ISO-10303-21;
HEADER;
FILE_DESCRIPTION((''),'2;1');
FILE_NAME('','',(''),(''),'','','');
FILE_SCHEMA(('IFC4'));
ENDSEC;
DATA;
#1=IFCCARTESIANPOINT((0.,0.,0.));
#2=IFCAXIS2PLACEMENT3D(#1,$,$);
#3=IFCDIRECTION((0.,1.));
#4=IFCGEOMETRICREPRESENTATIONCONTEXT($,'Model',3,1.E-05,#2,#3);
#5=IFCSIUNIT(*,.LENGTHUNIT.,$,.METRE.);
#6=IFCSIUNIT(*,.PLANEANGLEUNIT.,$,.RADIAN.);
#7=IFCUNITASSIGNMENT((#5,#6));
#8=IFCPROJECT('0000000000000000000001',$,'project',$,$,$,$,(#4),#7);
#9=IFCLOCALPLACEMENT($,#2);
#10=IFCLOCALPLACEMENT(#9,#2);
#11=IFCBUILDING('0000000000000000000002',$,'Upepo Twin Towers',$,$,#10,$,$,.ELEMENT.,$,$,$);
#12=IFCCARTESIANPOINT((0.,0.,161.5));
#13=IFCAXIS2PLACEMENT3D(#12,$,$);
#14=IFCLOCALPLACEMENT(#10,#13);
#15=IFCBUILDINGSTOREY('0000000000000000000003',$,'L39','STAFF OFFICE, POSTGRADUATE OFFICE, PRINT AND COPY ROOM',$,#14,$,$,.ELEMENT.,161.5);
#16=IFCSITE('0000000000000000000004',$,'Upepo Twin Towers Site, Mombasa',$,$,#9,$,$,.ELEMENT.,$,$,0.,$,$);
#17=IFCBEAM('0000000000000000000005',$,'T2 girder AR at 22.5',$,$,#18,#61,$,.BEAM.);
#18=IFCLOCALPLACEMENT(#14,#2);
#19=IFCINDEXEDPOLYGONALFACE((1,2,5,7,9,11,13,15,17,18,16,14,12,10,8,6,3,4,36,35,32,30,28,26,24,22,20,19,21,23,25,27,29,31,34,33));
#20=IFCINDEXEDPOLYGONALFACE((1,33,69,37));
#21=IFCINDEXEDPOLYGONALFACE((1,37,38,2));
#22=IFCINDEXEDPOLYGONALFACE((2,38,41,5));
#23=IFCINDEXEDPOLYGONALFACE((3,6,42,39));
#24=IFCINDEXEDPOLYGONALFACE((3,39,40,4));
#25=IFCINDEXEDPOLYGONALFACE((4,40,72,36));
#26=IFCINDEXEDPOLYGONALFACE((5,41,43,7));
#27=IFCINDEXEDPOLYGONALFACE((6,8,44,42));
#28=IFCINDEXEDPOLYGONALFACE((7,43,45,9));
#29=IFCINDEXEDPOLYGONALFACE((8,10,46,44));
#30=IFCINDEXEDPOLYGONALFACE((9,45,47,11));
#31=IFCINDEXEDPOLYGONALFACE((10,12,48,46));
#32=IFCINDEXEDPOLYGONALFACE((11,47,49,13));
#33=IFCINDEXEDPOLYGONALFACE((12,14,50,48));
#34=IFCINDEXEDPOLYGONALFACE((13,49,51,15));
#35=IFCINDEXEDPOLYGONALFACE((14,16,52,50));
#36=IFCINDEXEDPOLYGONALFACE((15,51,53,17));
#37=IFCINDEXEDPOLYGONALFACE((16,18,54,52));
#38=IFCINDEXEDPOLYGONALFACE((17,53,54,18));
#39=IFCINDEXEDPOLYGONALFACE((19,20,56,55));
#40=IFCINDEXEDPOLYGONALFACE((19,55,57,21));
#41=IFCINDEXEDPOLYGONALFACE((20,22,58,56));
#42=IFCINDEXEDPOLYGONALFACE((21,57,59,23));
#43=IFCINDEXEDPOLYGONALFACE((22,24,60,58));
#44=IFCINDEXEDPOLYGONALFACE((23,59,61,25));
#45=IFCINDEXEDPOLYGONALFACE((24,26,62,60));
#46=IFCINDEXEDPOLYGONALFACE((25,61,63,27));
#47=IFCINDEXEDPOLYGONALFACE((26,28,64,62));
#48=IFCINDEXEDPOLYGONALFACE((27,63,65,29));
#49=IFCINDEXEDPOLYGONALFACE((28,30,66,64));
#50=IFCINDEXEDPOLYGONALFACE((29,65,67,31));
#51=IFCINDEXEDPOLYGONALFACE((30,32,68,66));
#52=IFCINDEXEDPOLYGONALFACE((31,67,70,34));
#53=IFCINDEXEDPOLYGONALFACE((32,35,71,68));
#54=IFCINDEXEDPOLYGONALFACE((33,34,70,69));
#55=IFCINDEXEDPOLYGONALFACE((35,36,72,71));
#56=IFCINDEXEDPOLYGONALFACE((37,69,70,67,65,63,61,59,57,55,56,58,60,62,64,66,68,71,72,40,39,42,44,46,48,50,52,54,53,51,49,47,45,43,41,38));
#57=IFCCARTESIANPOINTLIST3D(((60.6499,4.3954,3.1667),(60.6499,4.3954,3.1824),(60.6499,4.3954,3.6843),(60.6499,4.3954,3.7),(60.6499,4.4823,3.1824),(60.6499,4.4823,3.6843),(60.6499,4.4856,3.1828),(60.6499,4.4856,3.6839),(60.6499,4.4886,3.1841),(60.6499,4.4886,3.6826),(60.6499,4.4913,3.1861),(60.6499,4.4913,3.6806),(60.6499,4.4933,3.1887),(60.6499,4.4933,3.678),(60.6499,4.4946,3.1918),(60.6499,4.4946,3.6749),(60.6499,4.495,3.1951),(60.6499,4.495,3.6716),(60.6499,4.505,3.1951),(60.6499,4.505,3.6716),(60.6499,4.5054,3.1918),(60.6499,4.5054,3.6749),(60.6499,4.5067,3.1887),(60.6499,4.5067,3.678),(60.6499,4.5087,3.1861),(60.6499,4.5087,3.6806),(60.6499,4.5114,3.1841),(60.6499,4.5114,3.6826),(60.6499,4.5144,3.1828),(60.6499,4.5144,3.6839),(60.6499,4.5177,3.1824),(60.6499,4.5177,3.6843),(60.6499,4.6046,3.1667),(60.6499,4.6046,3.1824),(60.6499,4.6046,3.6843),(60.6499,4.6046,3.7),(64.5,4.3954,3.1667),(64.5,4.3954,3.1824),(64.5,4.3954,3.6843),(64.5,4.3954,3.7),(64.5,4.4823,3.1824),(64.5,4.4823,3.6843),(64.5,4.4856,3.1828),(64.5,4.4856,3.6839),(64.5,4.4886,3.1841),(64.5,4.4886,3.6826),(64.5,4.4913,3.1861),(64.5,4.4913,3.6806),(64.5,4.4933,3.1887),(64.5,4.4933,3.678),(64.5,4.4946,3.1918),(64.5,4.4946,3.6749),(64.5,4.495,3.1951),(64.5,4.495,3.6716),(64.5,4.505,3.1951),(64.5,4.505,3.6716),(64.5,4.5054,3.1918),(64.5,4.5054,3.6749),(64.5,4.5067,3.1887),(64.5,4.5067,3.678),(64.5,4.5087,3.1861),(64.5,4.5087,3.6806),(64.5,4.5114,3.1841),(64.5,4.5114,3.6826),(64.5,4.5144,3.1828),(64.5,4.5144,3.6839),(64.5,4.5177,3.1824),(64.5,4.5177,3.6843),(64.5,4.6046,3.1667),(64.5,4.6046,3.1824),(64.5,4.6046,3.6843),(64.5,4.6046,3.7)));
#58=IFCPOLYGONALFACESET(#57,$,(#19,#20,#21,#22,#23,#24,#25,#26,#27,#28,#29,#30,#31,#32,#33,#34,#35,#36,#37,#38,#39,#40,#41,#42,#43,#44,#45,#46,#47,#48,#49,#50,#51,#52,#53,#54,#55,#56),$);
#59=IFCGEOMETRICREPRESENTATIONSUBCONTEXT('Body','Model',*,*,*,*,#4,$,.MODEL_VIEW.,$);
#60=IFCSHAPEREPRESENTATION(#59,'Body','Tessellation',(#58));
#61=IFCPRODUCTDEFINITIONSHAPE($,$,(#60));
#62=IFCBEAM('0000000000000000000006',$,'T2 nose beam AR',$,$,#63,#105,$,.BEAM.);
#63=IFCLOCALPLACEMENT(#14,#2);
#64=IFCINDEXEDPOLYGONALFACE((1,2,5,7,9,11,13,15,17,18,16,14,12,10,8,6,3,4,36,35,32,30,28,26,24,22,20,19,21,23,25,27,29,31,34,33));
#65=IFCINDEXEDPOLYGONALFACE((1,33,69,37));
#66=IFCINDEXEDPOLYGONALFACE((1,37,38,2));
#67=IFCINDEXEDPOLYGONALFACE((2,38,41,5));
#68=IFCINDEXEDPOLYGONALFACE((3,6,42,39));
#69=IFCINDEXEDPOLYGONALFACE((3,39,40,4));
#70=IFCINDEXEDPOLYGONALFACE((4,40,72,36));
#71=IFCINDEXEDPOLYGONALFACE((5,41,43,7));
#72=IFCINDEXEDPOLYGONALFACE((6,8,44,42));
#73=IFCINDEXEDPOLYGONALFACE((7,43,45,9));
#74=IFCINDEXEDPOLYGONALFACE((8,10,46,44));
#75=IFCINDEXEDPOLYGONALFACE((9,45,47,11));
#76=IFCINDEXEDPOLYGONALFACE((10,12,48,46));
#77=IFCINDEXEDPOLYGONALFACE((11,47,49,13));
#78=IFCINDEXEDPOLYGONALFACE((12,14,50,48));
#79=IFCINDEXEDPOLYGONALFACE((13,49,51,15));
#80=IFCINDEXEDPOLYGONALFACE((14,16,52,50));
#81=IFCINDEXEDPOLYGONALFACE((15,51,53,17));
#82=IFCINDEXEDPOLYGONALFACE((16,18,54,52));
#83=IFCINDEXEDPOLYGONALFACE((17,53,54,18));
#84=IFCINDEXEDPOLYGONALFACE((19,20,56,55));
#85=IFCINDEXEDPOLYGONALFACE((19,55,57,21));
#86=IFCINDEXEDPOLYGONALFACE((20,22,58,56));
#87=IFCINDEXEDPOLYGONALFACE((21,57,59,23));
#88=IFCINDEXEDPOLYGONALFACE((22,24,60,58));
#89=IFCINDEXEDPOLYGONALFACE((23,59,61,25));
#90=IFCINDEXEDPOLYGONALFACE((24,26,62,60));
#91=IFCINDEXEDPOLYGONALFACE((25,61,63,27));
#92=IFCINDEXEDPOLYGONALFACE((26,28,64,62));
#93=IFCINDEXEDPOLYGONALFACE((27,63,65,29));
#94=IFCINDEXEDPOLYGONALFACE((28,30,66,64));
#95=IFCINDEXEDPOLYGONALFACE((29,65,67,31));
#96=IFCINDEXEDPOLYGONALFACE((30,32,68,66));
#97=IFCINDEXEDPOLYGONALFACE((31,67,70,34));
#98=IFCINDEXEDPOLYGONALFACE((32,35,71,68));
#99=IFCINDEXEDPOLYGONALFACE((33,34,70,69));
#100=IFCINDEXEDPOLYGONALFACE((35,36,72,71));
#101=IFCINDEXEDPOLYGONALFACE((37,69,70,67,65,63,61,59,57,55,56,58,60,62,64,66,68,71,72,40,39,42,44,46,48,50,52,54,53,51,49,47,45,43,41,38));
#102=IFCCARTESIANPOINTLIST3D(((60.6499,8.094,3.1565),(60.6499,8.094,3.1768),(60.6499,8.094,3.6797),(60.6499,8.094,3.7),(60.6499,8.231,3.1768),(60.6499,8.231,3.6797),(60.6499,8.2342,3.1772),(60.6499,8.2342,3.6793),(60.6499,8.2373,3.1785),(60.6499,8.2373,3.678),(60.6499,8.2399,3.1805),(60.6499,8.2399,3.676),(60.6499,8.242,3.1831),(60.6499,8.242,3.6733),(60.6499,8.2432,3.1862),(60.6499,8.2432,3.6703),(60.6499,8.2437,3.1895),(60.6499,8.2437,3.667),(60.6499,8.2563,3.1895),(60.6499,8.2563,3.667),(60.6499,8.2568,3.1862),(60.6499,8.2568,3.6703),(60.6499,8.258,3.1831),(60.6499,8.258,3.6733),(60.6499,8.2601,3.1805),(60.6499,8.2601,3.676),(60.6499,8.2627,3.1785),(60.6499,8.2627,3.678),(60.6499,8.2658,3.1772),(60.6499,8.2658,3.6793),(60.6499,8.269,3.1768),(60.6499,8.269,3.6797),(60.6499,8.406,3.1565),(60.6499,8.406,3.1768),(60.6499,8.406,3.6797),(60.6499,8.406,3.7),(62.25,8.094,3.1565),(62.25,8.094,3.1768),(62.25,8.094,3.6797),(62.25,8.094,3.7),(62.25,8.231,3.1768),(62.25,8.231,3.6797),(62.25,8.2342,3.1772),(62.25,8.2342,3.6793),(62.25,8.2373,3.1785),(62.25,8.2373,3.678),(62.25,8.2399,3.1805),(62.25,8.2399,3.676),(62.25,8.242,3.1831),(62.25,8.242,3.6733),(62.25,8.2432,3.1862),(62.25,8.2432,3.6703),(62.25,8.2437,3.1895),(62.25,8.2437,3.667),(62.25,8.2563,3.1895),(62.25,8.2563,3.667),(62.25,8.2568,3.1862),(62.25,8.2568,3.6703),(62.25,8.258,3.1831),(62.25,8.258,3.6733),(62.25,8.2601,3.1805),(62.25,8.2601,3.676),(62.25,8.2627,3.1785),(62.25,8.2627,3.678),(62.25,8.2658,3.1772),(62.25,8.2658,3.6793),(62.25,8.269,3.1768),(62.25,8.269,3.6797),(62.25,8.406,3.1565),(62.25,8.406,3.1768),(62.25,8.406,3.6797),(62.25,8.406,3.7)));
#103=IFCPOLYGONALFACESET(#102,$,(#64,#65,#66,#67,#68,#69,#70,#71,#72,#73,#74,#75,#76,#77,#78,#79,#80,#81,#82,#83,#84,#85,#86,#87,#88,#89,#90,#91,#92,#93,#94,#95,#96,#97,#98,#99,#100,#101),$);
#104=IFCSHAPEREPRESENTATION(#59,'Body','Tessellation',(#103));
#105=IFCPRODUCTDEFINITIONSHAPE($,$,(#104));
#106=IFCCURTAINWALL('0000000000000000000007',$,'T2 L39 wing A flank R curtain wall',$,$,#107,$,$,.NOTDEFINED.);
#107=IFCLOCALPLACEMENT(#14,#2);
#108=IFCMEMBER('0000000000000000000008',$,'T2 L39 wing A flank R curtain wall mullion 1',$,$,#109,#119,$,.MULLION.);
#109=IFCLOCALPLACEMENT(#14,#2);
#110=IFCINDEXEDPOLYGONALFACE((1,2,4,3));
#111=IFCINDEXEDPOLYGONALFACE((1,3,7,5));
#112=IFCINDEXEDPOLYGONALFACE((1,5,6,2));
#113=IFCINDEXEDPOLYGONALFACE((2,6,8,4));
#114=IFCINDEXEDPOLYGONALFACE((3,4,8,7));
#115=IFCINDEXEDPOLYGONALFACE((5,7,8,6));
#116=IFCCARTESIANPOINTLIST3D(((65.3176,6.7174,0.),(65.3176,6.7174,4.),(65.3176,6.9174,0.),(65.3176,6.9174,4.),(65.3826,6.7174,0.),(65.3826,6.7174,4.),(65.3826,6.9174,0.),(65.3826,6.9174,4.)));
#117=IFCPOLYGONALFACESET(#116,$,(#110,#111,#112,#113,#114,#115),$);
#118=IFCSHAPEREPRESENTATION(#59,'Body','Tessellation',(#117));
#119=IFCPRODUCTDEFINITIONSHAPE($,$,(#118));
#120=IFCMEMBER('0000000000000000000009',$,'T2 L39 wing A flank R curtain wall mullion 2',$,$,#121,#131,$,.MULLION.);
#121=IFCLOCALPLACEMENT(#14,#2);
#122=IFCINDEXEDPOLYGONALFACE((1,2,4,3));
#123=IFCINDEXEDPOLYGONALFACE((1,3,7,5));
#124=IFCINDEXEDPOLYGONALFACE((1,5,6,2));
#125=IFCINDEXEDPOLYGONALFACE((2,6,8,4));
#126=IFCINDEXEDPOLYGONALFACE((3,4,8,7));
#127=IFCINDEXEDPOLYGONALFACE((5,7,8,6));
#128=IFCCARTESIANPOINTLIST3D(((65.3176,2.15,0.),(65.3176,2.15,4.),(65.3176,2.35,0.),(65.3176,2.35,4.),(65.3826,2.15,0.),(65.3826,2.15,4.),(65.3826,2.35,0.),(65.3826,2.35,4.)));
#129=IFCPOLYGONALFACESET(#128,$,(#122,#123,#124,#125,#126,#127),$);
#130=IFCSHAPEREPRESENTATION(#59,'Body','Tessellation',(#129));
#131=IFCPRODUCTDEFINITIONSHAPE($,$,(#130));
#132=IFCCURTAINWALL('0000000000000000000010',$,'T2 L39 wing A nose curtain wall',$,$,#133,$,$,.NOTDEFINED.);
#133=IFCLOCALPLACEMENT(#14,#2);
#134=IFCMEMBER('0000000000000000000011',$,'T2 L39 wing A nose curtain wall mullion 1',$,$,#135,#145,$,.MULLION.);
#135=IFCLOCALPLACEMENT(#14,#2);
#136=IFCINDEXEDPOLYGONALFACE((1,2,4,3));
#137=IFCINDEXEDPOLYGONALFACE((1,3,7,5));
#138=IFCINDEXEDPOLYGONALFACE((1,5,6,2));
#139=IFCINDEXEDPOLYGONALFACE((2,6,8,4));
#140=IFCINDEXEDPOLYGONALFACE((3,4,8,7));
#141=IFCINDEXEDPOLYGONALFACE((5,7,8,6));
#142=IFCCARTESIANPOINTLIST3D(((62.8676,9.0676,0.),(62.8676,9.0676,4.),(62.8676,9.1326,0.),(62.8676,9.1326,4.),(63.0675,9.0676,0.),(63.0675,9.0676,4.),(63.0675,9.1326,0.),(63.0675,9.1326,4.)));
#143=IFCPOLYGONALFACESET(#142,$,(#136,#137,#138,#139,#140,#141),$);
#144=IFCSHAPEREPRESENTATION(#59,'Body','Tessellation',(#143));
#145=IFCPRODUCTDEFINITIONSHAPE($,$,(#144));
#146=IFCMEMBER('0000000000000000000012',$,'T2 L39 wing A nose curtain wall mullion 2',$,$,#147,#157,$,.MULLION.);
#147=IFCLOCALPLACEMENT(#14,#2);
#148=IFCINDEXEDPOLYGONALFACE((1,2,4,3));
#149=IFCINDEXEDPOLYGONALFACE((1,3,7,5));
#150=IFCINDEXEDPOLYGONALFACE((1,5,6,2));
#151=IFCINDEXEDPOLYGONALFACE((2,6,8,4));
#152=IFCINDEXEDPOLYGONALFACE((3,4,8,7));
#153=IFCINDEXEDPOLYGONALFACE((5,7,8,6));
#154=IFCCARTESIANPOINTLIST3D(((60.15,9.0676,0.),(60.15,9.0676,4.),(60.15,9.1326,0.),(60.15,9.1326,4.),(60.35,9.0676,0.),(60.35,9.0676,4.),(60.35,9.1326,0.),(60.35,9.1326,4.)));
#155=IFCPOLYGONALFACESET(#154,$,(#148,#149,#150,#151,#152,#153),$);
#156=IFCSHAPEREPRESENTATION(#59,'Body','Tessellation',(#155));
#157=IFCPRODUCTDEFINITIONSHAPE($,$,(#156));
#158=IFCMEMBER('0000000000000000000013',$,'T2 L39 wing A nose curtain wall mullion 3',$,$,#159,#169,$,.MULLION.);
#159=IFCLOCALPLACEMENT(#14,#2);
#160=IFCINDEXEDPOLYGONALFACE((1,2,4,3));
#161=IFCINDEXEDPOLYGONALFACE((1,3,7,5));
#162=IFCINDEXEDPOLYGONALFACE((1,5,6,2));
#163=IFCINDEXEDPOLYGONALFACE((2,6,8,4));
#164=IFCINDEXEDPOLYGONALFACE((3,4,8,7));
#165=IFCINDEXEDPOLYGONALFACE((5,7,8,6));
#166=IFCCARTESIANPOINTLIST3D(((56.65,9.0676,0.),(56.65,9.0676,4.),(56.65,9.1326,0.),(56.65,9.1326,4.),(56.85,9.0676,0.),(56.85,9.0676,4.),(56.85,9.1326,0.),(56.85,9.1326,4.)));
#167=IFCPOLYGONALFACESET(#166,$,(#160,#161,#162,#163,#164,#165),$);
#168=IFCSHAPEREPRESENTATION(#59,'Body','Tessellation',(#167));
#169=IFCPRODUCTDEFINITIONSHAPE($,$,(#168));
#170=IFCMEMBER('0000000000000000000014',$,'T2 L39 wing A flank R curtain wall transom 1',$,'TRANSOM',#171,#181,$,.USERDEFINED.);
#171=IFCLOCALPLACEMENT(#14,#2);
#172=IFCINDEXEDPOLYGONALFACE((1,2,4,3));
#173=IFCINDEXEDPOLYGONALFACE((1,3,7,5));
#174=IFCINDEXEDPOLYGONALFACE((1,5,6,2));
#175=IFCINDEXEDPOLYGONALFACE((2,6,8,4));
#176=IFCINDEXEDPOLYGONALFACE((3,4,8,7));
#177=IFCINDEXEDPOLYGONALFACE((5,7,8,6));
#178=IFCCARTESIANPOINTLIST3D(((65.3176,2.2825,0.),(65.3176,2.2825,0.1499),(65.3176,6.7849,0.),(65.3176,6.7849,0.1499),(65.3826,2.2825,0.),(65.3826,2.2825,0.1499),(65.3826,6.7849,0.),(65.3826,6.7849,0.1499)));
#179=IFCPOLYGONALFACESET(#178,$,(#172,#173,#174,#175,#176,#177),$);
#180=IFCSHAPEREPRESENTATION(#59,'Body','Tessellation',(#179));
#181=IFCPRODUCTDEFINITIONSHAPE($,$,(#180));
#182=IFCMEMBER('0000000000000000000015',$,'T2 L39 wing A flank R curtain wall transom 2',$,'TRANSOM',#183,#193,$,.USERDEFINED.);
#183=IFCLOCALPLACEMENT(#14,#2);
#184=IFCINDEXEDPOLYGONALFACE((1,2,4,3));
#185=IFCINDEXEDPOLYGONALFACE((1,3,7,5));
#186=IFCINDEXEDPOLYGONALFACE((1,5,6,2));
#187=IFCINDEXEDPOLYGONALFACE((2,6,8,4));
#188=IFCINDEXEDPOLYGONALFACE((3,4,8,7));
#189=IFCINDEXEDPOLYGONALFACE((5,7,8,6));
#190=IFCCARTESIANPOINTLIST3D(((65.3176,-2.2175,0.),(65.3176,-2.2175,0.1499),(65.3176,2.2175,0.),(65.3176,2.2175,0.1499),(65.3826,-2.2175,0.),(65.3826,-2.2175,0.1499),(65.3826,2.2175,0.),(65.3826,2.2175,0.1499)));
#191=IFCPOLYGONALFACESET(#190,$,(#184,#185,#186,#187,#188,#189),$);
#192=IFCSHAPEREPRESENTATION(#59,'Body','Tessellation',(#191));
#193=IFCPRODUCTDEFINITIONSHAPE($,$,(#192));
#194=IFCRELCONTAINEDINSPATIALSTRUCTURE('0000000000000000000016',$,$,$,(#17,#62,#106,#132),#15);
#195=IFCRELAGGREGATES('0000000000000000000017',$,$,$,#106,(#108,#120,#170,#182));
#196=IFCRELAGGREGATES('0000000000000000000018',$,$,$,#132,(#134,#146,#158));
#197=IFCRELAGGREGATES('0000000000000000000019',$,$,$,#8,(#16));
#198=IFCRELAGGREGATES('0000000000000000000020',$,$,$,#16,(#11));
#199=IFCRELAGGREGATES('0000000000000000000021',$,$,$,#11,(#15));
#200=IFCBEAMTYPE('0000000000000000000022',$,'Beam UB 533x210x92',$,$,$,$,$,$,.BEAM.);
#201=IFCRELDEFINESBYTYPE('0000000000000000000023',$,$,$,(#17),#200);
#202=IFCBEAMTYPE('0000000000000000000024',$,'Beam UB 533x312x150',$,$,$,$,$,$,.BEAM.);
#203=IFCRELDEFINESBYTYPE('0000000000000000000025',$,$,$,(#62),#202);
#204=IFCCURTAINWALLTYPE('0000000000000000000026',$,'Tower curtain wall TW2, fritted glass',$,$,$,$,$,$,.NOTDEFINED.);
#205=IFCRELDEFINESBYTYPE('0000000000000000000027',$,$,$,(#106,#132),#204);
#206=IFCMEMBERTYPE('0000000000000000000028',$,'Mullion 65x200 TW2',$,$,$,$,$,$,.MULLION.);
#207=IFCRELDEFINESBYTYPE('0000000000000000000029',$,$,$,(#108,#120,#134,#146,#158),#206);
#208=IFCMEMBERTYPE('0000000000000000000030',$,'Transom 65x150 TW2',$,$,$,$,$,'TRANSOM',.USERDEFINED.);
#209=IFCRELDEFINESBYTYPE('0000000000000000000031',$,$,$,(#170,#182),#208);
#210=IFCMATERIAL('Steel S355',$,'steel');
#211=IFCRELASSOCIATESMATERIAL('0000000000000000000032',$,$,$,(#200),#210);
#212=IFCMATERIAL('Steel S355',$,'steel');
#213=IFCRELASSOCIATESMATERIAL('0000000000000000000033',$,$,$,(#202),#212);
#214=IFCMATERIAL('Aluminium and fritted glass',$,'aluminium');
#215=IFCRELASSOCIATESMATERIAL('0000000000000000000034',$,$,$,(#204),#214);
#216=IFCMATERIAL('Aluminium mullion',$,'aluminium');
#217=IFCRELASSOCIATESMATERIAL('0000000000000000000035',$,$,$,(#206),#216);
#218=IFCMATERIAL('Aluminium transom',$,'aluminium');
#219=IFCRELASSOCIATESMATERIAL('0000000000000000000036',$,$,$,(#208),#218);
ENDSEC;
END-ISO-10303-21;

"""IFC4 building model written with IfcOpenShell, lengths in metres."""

from ifc_helpers import new_model, si_unit, direction, frame, origin, origin_2d, place, context, subcontext, project, spatial, rectangle, i_section, extrude, material, material_profile, profile_set, type_object, element, aggregate, save


model = new_model("IFC4")

# Units and contexts
model_context = context("Model", 3, precision=1e-05, world=origin(), true_north=direction((0.0, 1.0)))
body_context = subcontext(model_context, "Body", "Model", "MODEL_VIEW")
ifc_project = project(units=[si_unit("LENGTHUNIT", "METRE"), si_unit("PLANEANGLEUNIT", "RADIAN")], contexts=[model_context])

# Site, building, storey
site_placement = place(None, origin())
site = spatial("IfcSite", under=ifc_project, at=site_placement, Name="Upepo Twin Towers Site, Mombasa", CompositionType="ELEMENT", RefElevation=0.0)
building_placement = place(site_placement, origin())
building = spatial("IfcBuilding", under=site, at=building_placement, Name="Upepo Twin Towers", CompositionType="ELEMENT")
storey_placement = place(building_placement, frame((0.0, 0.0, 161.5)))
storey = spatial("IfcBuildingStorey", under=building, at=storey_placement, Name="L39", Description="STAFF OFFICE, POSTGRADUATE OFFICE, PRINT AND COPY ROOM", CompositionType="ELEMENT", Elevation=161.5)

# Beams
ifc_material_1 = material(Name="Steel S355", Category="steel")
ifc_material_profile_1 = material_profile(ifc_material_1, i_section(OverallWidth=0.2092, OverallDepth=0.5332, WebThickness=0.01, FlangeThickness=0.0156, FilletRadius=0.0127, at=origin_2d()), Name="UB 533x210x92")
ifc_profile_set_1 = profile_set([ifc_material_profile_1], Name="Steel S355")
beam_type_1 = type_object("IfcBeamType", Name="Beam UB 533x210x92", PredefinedType="BEAM", material=ifc_profile_set_1)
for number, where, z_axis, x_axis, name in (
    (1, (64.5, 4.5, 3.4333), (-1.0, 0.0, 0.0), (0.0, -1.0, 0.0), "T2 girder AR at 22.5"),
):
    element("IfcBeam", number, at=place(storey_placement, frame(where, z_axis=z_axis, x_axis=x_axis)), inside=storey, type_object=beam_type_1, Name=name, PredefinedType="BEAM", context=body_context, shape_type="SweptSolid", body=[
        extrude(i_section(OverallWidth=0.2092, OverallDepth=0.5332, WebThickness=0.01, FlangeThickness=0.0156, FilletRadius=0.0127, at=origin_2d()), origin(), (0.0, 0.0, 1.0), 3.8501),
    ])
ifc_material_2 = material(Name="Steel S355", Category="steel")
ifc_material_profile_2 = material_profile(ifc_material_2, i_section(OverallWidth=0.312, OverallDepth=0.5435, WebThickness=0.0127, FlangeThickness=0.0203, FilletRadius=0.0127, at=origin_2d()), Name="UB 533x312x150")
ifc_profile_set_2 = profile_set([ifc_material_profile_2], Name="Steel S355")
beam_type_2 = type_object("IfcBeamType", Name="Beam UB 533x312x150", PredefinedType="BEAM", material=ifc_profile_set_2)
beam_1_placement = place(storey_placement, frame((62.25, 8.25, 3.4282), z_axis=(-1.0, 0.0, 0.0), x_axis=(0.0, -1.0, 0.0)))
element("IfcBeam", 2, at=beam_1_placement, inside=storey, type_object=beam_type_2, Name="T2 nose beam AR", PredefinedType="BEAM", context=body_context, shape_type="SweptSolid", body=[
    extrude(i_section(OverallWidth=0.312, OverallDepth=0.5435, WebThickness=0.0127, FlangeThickness=0.0203, FilletRadius=0.0127, at=origin_2d()), origin(), (0.0, 0.0, 1.0), 1.6001),
])

# Curtain walls, members
ifc_material_3 = material(Name="Aluminium and fritted glass", Category="aluminium")
curtain_wall_type = type_object("IfcCurtainWallType", Name="Tower curtain wall TW2, fritted glass", PredefinedType="NOTDEFINED", material=ifc_material_3)
curtain_wall_1_placement = place(storey_placement, origin())
curtain_wall_1 = element("IfcCurtainWall", 3, at=curtain_wall_1_placement, inside=storey, type_object=curtain_wall_type, Name="T2 L39 wing A flank R curtain wall", PredefinedType="NOTDEFINED")
ifc_material_4 = material(Name="Aluminium mullion", Category="aluminium")
ifc_material_profile_3 = material_profile(ifc_material_4, rectangle(XDim=0.0649, YDim=0.2, at=origin_2d()), Name="MULLION 65x200")
ifc_profile_set_3 = profile_set([ifc_material_profile_3], Name="Aluminium mullion")
member_type_1 = type_object("IfcMemberType", Name="Mullion 65x200 TW2", PredefinedType="MULLION", material=ifc_profile_set_3)
member_1_placement = place(storey_placement, frame((65.3501, 6.8174, 0.0), z_axis=(0.0, 0.0, 1.0), x_axis=(1.0, 0.0, 0.0)))
member_1 = element("IfcMember", 4, at=member_1_placement, type_object=member_type_1, Name="T2 L39 wing A flank R curtain wall mullion 1", PredefinedType="MULLION", context=body_context, shape_type="SweptSolid", body=[
    extrude(rectangle(XDim=0.0649, YDim=0.2, at=origin_2d()), origin(), (0.0, 0.0, 1.0), 4.0),
])
member_2_placement = place(storey_placement, frame((65.3501, 2.25, 0.0), z_axis=(0.0, 0.0, 1.0), x_axis=(1.0, 0.0, 0.0)))
member_2 = element("IfcMember", 5, at=member_2_placement, type_object=member_type_1, Name="T2 L39 wing A flank R curtain wall mullion 2", PredefinedType="MULLION", context=body_context, shape_type="SweptSolid", body=[
    extrude(rectangle(XDim=0.0649, YDim=0.2, at=origin_2d()), origin(), (0.0, 0.0, 1.0), 4.0),
])
curtain_wall_2_placement = place(storey_placement, origin())
curtain_wall_2 = element("IfcCurtainWall", 6, at=curtain_wall_2_placement, inside=storey, type_object=curtain_wall_type, Name="T2 L39 wing A nose curtain wall", PredefinedType="NOTDEFINED")
member_3_placement = place(storey_placement, frame((62.9675, 9.1001, 0.0), z_axis=(0.0, 0.0, 1.0), x_axis=(0.0, -1.0, 0.0)))
member_3 = element("IfcMember", 7, at=member_3_placement, type_object=member_type_1, Name="T2 L39 wing A nose curtain wall mullion 1", PredefinedType="MULLION", context=body_context, shape_type="SweptSolid", body=[
    extrude(rectangle(XDim=0.0649, YDim=0.2, at=origin_2d()), origin(), (0.0, 0.0, 1.0), 4.0),
])
member_4_placement = place(storey_placement, frame((60.25, 9.1001, 0.0), z_axis=(0.0, 0.0, 1.0), x_axis=(0.0, -1.0, 0.0)))
member_4 = element("IfcMember", 8, at=member_4_placement, type_object=member_type_1, Name="T2 L39 wing A nose curtain wall mullion 2", PredefinedType="MULLION", context=body_context, shape_type="SweptSolid", body=[
    extrude(rectangle(XDim=0.0649, YDim=0.2, at=origin_2d()), origin(), (0.0, 0.0, 1.0), 4.0),
])
member_5_placement = place(storey_placement, frame((56.75, 9.1001, 0.0), z_axis=(0.0, 0.0, 1.0), x_axis=(0.0, -1.0, 0.0)))
member_5 = element("IfcMember", 9, at=member_5_placement, type_object=member_type_1, Name="T2 L39 wing A nose curtain wall mullion 3", PredefinedType="MULLION", context=body_context, shape_type="SweptSolid", body=[
    extrude(rectangle(XDim=0.0649, YDim=0.2, at=origin_2d()), origin(), (0.0, 0.0, 1.0), 4.0),
])

# Members
ifc_material_5 = material(Name="Aluminium transom", Category="aluminium")
ifc_material_profile_4 = material_profile(ifc_material_5, rectangle(XDim=0.0649, YDim=0.1499, at=origin_2d()), Name="TRANSOM 65x150")
ifc_profile_set_4 = profile_set([ifc_material_profile_4], Name="Aluminium transom")
member_type_2 = type_object("IfcMemberType", Name="Transom 65x150 TW2", ElementType="TRANSOM", PredefinedType="USERDEFINED", material=ifc_profile_set_4)
member_6_placement = place(storey_placement, frame((65.3501, 6.7849, 0.075), z_axis=(0.0, -1.0, 0.0), x_axis=(1.0, 0.0, 0.0)))
member_6 = element("IfcMember", 10, at=member_6_placement, type_object=member_type_2, Name="T2 L39 wing A flank R curtain wall transom 1", ObjectType="TRANSOM", PredefinedType="USERDEFINED", context=body_context, shape_type="SweptSolid", body=[
    extrude(rectangle(XDim=0.0649, YDim=0.1499, at=origin_2d()), origin(), (0.0, 0.0, 1.0), 4.5024),
])
member_7_placement = place(storey_placement, frame((65.3501, 2.2175, 0.075), z_axis=(0.0, -1.0, 0.0), x_axis=(1.0, 0.0, 0.0)))
member_7 = element("IfcMember", 11, at=member_7_placement, type_object=member_type_2, Name="T2 L39 wing A flank R curtain wall transom 2", ObjectType="TRANSOM", PredefinedType="USERDEFINED", context=body_context, shape_type="SweptSolid", body=[
    extrude(rectangle(XDim=0.0649, YDim=0.1499, at=origin_2d()), origin(), (0.0, 0.0, 1.0), 4.4351),
])

aggregate(curtain_wall_1, [member_1, member_2, member_6, member_7])
aggregate(curtain_wall_2, [member_3, member_4, member_5])

save(model, "model.ifc")
